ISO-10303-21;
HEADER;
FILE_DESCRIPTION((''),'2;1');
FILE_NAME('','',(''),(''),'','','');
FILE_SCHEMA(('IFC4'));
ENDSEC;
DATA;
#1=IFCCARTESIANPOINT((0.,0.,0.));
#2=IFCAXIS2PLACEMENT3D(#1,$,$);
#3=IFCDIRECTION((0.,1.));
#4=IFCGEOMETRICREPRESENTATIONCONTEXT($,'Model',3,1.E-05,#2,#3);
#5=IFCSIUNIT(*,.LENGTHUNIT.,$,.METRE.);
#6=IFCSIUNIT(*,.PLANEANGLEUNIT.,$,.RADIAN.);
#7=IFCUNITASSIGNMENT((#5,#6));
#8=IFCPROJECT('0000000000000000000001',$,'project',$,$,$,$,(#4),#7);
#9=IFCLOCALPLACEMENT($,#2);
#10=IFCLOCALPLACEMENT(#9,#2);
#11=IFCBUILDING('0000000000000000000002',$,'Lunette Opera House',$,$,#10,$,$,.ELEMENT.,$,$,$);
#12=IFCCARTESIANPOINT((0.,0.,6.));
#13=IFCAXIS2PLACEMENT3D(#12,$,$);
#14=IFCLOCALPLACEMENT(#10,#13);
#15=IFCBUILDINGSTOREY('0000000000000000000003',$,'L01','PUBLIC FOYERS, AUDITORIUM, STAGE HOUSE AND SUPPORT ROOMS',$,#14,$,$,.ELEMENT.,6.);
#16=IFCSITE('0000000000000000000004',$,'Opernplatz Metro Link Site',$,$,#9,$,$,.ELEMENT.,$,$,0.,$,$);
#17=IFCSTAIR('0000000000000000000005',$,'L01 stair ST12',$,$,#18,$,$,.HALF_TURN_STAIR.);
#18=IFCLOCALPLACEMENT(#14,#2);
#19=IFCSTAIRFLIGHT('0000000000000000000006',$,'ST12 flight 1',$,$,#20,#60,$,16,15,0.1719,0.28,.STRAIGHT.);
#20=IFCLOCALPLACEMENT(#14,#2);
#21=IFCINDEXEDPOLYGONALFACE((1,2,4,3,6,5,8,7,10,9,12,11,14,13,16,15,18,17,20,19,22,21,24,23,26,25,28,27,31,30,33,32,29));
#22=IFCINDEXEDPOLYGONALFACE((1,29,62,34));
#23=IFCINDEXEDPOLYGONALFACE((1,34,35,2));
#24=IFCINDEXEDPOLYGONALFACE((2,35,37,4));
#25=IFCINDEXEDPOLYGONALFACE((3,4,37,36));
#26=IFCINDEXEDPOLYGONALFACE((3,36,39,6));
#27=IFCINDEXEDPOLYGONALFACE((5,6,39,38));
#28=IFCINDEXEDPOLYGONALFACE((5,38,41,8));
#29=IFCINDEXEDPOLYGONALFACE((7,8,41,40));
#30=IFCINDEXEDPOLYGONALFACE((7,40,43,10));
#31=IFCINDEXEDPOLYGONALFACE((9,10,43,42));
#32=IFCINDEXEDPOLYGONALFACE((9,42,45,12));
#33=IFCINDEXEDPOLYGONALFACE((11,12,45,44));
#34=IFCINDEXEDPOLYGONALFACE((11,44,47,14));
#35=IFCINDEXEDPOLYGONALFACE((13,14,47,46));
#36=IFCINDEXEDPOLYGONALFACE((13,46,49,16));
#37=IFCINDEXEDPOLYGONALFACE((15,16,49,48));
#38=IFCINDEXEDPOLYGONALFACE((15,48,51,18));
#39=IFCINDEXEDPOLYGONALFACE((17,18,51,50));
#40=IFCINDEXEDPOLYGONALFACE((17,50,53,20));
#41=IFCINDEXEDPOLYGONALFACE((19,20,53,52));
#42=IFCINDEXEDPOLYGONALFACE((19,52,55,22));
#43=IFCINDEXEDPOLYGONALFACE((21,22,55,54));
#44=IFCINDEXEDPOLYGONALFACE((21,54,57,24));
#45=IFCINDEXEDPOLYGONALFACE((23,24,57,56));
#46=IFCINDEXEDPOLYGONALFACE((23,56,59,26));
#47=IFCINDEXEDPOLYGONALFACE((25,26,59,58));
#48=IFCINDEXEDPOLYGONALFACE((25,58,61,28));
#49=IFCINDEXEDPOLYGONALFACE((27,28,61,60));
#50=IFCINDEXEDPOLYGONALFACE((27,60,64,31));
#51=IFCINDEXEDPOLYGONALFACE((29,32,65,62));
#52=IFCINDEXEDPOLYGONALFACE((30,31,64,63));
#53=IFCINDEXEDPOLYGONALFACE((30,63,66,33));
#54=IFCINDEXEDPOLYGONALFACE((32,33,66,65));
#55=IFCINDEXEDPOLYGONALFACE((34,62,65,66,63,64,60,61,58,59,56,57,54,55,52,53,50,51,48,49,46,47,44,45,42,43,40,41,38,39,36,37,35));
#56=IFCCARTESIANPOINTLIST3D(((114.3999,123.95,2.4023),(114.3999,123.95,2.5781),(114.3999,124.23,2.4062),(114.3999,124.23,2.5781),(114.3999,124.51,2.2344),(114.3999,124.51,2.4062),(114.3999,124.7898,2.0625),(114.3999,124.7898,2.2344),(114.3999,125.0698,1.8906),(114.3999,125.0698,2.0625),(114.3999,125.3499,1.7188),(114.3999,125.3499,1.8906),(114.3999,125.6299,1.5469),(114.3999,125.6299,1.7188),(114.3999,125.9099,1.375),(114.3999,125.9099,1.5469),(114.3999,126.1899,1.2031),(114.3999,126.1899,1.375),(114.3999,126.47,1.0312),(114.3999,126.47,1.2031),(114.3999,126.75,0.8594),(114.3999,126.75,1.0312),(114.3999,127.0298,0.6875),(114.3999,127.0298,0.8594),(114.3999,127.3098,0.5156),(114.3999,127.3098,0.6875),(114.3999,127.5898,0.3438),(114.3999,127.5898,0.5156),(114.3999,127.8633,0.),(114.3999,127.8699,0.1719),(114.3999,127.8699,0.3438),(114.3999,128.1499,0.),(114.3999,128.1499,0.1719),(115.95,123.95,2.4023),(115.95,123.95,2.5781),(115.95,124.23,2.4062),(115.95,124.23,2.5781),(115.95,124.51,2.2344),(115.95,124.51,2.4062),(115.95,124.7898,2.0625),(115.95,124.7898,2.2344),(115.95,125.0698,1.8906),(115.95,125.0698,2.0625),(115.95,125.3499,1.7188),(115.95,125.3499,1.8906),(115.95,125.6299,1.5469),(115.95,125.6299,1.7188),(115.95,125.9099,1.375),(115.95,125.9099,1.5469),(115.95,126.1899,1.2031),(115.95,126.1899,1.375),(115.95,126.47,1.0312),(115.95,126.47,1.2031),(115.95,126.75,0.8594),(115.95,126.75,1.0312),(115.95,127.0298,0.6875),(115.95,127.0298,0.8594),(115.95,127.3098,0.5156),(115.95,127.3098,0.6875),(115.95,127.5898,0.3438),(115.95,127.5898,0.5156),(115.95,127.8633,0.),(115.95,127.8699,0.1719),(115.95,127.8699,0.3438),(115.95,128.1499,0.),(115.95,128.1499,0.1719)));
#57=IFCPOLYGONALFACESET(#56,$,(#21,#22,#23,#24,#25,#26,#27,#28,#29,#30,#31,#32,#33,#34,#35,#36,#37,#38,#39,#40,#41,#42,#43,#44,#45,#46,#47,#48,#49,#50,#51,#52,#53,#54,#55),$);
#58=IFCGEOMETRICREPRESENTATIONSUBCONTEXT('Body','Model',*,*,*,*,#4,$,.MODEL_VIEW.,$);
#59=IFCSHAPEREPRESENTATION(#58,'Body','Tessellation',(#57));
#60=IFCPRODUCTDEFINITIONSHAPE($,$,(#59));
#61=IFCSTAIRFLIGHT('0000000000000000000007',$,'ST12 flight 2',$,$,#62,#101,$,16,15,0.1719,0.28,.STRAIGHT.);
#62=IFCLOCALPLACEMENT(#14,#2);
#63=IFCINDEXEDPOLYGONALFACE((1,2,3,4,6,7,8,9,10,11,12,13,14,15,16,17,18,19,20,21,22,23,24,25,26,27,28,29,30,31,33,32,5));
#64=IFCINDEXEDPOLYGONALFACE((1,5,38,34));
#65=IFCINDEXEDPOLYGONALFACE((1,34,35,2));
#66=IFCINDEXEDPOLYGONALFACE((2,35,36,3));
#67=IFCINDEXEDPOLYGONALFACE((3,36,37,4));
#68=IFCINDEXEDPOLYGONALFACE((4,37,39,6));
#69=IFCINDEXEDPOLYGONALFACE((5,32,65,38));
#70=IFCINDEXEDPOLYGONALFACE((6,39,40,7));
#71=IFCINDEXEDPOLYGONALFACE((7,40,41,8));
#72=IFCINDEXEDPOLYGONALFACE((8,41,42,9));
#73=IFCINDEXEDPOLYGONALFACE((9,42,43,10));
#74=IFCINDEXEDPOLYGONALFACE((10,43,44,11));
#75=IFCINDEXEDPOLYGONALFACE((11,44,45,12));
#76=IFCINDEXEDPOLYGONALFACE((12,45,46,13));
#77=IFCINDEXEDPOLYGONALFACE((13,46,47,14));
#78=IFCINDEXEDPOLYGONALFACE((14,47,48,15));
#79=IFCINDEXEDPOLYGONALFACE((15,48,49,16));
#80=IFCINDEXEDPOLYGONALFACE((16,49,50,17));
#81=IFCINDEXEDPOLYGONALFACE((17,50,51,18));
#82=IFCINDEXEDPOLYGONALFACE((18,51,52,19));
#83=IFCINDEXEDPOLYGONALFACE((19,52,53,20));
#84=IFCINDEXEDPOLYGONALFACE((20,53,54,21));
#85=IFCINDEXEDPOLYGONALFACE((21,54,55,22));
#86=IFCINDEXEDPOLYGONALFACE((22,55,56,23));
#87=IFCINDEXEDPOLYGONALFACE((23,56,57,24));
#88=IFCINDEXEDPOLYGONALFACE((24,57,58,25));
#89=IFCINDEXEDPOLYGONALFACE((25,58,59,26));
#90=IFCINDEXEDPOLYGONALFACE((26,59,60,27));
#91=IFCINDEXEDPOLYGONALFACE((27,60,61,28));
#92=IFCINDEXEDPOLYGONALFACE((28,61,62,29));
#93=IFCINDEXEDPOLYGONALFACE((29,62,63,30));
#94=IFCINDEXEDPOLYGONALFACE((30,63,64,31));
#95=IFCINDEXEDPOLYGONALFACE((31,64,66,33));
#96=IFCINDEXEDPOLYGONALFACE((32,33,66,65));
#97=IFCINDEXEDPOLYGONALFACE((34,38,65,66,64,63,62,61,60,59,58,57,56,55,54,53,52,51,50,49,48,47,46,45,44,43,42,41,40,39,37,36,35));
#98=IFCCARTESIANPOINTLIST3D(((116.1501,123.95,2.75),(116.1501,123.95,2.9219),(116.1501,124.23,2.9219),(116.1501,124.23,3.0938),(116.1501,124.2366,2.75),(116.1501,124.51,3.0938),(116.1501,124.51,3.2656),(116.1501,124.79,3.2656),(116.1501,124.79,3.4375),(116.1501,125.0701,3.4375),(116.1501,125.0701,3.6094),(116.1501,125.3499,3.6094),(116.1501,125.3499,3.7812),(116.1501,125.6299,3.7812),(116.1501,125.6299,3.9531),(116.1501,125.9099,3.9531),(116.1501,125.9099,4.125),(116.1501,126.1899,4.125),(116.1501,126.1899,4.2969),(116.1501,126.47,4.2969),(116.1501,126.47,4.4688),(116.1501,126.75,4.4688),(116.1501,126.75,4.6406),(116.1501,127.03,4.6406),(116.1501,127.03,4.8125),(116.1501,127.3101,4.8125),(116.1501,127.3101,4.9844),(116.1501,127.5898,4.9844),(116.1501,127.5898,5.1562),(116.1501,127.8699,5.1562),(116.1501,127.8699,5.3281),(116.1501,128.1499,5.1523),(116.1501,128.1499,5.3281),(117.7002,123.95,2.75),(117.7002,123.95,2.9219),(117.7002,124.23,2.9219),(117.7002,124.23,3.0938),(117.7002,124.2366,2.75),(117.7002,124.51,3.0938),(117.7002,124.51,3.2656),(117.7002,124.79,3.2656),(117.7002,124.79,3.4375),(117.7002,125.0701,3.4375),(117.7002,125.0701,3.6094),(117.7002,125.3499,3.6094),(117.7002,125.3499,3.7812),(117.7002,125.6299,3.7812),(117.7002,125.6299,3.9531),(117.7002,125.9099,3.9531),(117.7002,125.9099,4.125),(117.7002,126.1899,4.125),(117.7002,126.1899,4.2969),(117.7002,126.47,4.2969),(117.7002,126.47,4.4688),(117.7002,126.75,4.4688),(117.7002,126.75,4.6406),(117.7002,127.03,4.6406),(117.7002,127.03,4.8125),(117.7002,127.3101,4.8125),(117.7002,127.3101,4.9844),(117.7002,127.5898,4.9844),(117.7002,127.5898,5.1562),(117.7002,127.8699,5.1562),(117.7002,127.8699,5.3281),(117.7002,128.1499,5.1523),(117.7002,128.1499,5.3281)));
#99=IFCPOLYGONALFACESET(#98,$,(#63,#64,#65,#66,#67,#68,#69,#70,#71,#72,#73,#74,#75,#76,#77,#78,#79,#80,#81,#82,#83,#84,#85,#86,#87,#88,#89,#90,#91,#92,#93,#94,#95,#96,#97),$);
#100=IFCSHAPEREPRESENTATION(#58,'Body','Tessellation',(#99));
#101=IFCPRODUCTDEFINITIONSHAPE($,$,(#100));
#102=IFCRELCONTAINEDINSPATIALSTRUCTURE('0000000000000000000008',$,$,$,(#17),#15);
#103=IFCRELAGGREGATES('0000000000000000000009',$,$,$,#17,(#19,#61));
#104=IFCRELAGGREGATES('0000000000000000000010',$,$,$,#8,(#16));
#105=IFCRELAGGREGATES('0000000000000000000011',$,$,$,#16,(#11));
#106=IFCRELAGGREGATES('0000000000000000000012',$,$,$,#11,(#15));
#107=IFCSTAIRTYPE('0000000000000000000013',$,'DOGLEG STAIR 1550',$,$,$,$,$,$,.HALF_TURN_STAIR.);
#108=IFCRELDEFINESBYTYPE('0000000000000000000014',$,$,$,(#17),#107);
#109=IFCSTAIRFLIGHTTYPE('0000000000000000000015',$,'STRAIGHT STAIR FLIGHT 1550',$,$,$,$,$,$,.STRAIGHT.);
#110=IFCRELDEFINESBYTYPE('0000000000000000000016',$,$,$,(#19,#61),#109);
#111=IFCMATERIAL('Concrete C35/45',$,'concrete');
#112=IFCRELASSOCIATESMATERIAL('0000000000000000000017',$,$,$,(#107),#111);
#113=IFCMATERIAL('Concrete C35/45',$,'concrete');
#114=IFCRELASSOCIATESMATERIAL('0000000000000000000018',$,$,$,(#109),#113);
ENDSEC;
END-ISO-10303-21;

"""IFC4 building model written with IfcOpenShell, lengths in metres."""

from ifc_helpers import new_model, si_unit, direction, frame, origin, place, context, subcontext, project, spatial, polyline, outline, extrude, material, type_object, element, aggregate, save


model = new_model("IFC4")

# Units and contexts
model_context = context("Model", 3, precision=1e-05, world=origin(), true_north=direction((0.0, 1.0)))
body_context = subcontext(model_context, "Body", "Model", "MODEL_VIEW")
ifc_project = project(units=[si_unit("LENGTHUNIT", "METRE"), si_unit("PLANEANGLEUNIT", "RADIAN")], contexts=[model_context])

# Site, building, storey
site_placement = place(None, origin())
site = spatial("IfcSite", under=ifc_project, at=site_placement, Name="Opernplatz Metro Link Site", CompositionType="ELEMENT", RefElevation=0.0)
building_placement = place(site_placement, origin())
building = spatial("IfcBuilding", under=site, at=building_placement, Name="Lunette Opera House", CompositionType="ELEMENT")
storey_placement = place(building_placement, frame((0.0, 0.0, 6.0)))
storey = spatial("IfcBuildingStorey", under=building, at=storey_placement, Name="L01", Description="PUBLIC FOYERS, AUDITORIUM, STAGE HOUSE AND SUPPORT ROOMS", CompositionType="ELEMENT", Elevation=6.0)

# Stair, stair flights
ifc_material_1 = material(Name="Concrete C35/45", Category="concrete")
stair_type = type_object("IfcStairType", Name="DOGLEG STAIR 1550", PredefinedType="HALF_TURN_STAIR", material=ifc_material_1)
stair_placement = place(storey_placement, origin())
stair = element("IfcStair", 1, at=stair_placement, inside=storey, type_object=stair_type, Name="L01 stair ST12", PredefinedType="HALF_TURN_STAIR")
ifc_material_2 = material(Name="Concrete C35/45", Category="concrete")
stair_flight_type = type_object("IfcStairFlightType", Name="STRAIGHT STAIR FLIGHT 1550", PredefinedType="STRAIGHT", material=ifc_material_2)
stair_flight_1_placement = place(storey_placement, frame((115.175, 128.1499, 0.0), z_axis=(0.0, 0.0, 1.0), x_axis=(0.0, -1.0, 0.0)))
stair_flight_1 = element("IfcStairFlight", 2, at=stair_flight_1_placement, type_object=stair_flight_type, Name="ST12 flight 1", NumberOfRisers=16, NumberOfTreads=15, PredefinedType="STRAIGHT", RiserHeight=0.1719, TreadLength=0.28, context=body_context, shape_type="SweptSolid", body=[
    extrude(outline(polyline([(0.0, 0.0), (0.0, 0.1719), (0.28, 0.1719), (0.28, 0.3438), (0.5601, 0.3438), (0.5601, 0.5156), (0.8401, 0.5156), (0.8401, 0.6875), (1.1201, 0.6875), (1.1201, 0.8594), (1.3999, 0.8594), (1.3999, 1.0312), (1.6799, 1.0312), (1.6799, 1.2031), (1.96, 1.2031), (1.96, 1.375), (2.24, 1.375), (2.24, 1.5469), (2.52, 1.5469), (2.52, 1.7188), (2.8, 1.7188), (2.8, 1.8906), (3.0801, 1.8906), (3.0801, 2.0625), (3.3601, 2.0625), (3.3601, 2.2344), (3.6399, 2.2344), (3.6399, 2.4062), (3.9199, 2.4062), (3.9199, 2.5781), (4.2, 2.5781), (4.2, 2.75), (4.2, 2.4023), (0.2866, 0.0), (0.0, 0.0)])), frame((0.0, 0.7749, 0.0), z_axis=(0.0, -1.0, 0.0), x_axis=(1.0, 0.0, 0.0)), (0.0, 0.0, 1.0), 1.55),
])
stair_flight_2_placement = place(storey_placement, frame((116.925, 123.95, 2.75), z_axis=(0.0, 0.0, 1.0), x_axis=(0.0, 1.0, 0.0)))
stair_flight_2 = element("IfcStairFlight", 3, at=stair_flight_2_placement, type_object=stair_flight_type, Name="ST12 flight 2", NumberOfRisers=16, NumberOfTreads=15, PredefinedType="STRAIGHT", RiserHeight=0.1719, TreadLength=0.28, context=body_context, shape_type="SweptSolid", body=[
    extrude(outline(polyline([(0.0, 0.0), (0.0, 0.1719), (0.28, 0.1719), (0.28, 0.3438), (0.5601, 0.3438), (0.5601, 0.5156), (0.8401, 0.5156), (0.8401, 0.6875), (1.1201, 0.6875), (1.1201, 0.8594), (1.3999, 0.8594), (1.3999, 1.0312), (1.6799, 1.0312), (1.6799, 1.2031), (1.96, 1.2031), (1.96, 1.375), (2.24, 1.375), (2.24, 1.5469), (2.52, 1.5469), (2.52, 1.7188), (2.8, 1.7188), (2.8, 1.8906), (3.0801, 1.8906), (3.0801, 2.0625), (3.3601, 2.0625), (3.3601, 2.2344), (3.6399, 2.2344), (3.6399, 2.4062), (3.9199, 2.4062), (3.9199, 2.5781), (4.2, 2.5781), (4.2, 2.75), (4.2, 2.4023), (0.2866, 0.0), (0.0, 0.0)])), frame((0.0, 0.7749, 0.0), z_axis=(0.0, -1.0, 0.0), x_axis=(1.0, 0.0, 0.0)), (0.0, 0.0, 1.0), 1.55),
])
aggregate(stair, [stair_flight_1, stair_flight_2])

save(model, "model.ifc")
